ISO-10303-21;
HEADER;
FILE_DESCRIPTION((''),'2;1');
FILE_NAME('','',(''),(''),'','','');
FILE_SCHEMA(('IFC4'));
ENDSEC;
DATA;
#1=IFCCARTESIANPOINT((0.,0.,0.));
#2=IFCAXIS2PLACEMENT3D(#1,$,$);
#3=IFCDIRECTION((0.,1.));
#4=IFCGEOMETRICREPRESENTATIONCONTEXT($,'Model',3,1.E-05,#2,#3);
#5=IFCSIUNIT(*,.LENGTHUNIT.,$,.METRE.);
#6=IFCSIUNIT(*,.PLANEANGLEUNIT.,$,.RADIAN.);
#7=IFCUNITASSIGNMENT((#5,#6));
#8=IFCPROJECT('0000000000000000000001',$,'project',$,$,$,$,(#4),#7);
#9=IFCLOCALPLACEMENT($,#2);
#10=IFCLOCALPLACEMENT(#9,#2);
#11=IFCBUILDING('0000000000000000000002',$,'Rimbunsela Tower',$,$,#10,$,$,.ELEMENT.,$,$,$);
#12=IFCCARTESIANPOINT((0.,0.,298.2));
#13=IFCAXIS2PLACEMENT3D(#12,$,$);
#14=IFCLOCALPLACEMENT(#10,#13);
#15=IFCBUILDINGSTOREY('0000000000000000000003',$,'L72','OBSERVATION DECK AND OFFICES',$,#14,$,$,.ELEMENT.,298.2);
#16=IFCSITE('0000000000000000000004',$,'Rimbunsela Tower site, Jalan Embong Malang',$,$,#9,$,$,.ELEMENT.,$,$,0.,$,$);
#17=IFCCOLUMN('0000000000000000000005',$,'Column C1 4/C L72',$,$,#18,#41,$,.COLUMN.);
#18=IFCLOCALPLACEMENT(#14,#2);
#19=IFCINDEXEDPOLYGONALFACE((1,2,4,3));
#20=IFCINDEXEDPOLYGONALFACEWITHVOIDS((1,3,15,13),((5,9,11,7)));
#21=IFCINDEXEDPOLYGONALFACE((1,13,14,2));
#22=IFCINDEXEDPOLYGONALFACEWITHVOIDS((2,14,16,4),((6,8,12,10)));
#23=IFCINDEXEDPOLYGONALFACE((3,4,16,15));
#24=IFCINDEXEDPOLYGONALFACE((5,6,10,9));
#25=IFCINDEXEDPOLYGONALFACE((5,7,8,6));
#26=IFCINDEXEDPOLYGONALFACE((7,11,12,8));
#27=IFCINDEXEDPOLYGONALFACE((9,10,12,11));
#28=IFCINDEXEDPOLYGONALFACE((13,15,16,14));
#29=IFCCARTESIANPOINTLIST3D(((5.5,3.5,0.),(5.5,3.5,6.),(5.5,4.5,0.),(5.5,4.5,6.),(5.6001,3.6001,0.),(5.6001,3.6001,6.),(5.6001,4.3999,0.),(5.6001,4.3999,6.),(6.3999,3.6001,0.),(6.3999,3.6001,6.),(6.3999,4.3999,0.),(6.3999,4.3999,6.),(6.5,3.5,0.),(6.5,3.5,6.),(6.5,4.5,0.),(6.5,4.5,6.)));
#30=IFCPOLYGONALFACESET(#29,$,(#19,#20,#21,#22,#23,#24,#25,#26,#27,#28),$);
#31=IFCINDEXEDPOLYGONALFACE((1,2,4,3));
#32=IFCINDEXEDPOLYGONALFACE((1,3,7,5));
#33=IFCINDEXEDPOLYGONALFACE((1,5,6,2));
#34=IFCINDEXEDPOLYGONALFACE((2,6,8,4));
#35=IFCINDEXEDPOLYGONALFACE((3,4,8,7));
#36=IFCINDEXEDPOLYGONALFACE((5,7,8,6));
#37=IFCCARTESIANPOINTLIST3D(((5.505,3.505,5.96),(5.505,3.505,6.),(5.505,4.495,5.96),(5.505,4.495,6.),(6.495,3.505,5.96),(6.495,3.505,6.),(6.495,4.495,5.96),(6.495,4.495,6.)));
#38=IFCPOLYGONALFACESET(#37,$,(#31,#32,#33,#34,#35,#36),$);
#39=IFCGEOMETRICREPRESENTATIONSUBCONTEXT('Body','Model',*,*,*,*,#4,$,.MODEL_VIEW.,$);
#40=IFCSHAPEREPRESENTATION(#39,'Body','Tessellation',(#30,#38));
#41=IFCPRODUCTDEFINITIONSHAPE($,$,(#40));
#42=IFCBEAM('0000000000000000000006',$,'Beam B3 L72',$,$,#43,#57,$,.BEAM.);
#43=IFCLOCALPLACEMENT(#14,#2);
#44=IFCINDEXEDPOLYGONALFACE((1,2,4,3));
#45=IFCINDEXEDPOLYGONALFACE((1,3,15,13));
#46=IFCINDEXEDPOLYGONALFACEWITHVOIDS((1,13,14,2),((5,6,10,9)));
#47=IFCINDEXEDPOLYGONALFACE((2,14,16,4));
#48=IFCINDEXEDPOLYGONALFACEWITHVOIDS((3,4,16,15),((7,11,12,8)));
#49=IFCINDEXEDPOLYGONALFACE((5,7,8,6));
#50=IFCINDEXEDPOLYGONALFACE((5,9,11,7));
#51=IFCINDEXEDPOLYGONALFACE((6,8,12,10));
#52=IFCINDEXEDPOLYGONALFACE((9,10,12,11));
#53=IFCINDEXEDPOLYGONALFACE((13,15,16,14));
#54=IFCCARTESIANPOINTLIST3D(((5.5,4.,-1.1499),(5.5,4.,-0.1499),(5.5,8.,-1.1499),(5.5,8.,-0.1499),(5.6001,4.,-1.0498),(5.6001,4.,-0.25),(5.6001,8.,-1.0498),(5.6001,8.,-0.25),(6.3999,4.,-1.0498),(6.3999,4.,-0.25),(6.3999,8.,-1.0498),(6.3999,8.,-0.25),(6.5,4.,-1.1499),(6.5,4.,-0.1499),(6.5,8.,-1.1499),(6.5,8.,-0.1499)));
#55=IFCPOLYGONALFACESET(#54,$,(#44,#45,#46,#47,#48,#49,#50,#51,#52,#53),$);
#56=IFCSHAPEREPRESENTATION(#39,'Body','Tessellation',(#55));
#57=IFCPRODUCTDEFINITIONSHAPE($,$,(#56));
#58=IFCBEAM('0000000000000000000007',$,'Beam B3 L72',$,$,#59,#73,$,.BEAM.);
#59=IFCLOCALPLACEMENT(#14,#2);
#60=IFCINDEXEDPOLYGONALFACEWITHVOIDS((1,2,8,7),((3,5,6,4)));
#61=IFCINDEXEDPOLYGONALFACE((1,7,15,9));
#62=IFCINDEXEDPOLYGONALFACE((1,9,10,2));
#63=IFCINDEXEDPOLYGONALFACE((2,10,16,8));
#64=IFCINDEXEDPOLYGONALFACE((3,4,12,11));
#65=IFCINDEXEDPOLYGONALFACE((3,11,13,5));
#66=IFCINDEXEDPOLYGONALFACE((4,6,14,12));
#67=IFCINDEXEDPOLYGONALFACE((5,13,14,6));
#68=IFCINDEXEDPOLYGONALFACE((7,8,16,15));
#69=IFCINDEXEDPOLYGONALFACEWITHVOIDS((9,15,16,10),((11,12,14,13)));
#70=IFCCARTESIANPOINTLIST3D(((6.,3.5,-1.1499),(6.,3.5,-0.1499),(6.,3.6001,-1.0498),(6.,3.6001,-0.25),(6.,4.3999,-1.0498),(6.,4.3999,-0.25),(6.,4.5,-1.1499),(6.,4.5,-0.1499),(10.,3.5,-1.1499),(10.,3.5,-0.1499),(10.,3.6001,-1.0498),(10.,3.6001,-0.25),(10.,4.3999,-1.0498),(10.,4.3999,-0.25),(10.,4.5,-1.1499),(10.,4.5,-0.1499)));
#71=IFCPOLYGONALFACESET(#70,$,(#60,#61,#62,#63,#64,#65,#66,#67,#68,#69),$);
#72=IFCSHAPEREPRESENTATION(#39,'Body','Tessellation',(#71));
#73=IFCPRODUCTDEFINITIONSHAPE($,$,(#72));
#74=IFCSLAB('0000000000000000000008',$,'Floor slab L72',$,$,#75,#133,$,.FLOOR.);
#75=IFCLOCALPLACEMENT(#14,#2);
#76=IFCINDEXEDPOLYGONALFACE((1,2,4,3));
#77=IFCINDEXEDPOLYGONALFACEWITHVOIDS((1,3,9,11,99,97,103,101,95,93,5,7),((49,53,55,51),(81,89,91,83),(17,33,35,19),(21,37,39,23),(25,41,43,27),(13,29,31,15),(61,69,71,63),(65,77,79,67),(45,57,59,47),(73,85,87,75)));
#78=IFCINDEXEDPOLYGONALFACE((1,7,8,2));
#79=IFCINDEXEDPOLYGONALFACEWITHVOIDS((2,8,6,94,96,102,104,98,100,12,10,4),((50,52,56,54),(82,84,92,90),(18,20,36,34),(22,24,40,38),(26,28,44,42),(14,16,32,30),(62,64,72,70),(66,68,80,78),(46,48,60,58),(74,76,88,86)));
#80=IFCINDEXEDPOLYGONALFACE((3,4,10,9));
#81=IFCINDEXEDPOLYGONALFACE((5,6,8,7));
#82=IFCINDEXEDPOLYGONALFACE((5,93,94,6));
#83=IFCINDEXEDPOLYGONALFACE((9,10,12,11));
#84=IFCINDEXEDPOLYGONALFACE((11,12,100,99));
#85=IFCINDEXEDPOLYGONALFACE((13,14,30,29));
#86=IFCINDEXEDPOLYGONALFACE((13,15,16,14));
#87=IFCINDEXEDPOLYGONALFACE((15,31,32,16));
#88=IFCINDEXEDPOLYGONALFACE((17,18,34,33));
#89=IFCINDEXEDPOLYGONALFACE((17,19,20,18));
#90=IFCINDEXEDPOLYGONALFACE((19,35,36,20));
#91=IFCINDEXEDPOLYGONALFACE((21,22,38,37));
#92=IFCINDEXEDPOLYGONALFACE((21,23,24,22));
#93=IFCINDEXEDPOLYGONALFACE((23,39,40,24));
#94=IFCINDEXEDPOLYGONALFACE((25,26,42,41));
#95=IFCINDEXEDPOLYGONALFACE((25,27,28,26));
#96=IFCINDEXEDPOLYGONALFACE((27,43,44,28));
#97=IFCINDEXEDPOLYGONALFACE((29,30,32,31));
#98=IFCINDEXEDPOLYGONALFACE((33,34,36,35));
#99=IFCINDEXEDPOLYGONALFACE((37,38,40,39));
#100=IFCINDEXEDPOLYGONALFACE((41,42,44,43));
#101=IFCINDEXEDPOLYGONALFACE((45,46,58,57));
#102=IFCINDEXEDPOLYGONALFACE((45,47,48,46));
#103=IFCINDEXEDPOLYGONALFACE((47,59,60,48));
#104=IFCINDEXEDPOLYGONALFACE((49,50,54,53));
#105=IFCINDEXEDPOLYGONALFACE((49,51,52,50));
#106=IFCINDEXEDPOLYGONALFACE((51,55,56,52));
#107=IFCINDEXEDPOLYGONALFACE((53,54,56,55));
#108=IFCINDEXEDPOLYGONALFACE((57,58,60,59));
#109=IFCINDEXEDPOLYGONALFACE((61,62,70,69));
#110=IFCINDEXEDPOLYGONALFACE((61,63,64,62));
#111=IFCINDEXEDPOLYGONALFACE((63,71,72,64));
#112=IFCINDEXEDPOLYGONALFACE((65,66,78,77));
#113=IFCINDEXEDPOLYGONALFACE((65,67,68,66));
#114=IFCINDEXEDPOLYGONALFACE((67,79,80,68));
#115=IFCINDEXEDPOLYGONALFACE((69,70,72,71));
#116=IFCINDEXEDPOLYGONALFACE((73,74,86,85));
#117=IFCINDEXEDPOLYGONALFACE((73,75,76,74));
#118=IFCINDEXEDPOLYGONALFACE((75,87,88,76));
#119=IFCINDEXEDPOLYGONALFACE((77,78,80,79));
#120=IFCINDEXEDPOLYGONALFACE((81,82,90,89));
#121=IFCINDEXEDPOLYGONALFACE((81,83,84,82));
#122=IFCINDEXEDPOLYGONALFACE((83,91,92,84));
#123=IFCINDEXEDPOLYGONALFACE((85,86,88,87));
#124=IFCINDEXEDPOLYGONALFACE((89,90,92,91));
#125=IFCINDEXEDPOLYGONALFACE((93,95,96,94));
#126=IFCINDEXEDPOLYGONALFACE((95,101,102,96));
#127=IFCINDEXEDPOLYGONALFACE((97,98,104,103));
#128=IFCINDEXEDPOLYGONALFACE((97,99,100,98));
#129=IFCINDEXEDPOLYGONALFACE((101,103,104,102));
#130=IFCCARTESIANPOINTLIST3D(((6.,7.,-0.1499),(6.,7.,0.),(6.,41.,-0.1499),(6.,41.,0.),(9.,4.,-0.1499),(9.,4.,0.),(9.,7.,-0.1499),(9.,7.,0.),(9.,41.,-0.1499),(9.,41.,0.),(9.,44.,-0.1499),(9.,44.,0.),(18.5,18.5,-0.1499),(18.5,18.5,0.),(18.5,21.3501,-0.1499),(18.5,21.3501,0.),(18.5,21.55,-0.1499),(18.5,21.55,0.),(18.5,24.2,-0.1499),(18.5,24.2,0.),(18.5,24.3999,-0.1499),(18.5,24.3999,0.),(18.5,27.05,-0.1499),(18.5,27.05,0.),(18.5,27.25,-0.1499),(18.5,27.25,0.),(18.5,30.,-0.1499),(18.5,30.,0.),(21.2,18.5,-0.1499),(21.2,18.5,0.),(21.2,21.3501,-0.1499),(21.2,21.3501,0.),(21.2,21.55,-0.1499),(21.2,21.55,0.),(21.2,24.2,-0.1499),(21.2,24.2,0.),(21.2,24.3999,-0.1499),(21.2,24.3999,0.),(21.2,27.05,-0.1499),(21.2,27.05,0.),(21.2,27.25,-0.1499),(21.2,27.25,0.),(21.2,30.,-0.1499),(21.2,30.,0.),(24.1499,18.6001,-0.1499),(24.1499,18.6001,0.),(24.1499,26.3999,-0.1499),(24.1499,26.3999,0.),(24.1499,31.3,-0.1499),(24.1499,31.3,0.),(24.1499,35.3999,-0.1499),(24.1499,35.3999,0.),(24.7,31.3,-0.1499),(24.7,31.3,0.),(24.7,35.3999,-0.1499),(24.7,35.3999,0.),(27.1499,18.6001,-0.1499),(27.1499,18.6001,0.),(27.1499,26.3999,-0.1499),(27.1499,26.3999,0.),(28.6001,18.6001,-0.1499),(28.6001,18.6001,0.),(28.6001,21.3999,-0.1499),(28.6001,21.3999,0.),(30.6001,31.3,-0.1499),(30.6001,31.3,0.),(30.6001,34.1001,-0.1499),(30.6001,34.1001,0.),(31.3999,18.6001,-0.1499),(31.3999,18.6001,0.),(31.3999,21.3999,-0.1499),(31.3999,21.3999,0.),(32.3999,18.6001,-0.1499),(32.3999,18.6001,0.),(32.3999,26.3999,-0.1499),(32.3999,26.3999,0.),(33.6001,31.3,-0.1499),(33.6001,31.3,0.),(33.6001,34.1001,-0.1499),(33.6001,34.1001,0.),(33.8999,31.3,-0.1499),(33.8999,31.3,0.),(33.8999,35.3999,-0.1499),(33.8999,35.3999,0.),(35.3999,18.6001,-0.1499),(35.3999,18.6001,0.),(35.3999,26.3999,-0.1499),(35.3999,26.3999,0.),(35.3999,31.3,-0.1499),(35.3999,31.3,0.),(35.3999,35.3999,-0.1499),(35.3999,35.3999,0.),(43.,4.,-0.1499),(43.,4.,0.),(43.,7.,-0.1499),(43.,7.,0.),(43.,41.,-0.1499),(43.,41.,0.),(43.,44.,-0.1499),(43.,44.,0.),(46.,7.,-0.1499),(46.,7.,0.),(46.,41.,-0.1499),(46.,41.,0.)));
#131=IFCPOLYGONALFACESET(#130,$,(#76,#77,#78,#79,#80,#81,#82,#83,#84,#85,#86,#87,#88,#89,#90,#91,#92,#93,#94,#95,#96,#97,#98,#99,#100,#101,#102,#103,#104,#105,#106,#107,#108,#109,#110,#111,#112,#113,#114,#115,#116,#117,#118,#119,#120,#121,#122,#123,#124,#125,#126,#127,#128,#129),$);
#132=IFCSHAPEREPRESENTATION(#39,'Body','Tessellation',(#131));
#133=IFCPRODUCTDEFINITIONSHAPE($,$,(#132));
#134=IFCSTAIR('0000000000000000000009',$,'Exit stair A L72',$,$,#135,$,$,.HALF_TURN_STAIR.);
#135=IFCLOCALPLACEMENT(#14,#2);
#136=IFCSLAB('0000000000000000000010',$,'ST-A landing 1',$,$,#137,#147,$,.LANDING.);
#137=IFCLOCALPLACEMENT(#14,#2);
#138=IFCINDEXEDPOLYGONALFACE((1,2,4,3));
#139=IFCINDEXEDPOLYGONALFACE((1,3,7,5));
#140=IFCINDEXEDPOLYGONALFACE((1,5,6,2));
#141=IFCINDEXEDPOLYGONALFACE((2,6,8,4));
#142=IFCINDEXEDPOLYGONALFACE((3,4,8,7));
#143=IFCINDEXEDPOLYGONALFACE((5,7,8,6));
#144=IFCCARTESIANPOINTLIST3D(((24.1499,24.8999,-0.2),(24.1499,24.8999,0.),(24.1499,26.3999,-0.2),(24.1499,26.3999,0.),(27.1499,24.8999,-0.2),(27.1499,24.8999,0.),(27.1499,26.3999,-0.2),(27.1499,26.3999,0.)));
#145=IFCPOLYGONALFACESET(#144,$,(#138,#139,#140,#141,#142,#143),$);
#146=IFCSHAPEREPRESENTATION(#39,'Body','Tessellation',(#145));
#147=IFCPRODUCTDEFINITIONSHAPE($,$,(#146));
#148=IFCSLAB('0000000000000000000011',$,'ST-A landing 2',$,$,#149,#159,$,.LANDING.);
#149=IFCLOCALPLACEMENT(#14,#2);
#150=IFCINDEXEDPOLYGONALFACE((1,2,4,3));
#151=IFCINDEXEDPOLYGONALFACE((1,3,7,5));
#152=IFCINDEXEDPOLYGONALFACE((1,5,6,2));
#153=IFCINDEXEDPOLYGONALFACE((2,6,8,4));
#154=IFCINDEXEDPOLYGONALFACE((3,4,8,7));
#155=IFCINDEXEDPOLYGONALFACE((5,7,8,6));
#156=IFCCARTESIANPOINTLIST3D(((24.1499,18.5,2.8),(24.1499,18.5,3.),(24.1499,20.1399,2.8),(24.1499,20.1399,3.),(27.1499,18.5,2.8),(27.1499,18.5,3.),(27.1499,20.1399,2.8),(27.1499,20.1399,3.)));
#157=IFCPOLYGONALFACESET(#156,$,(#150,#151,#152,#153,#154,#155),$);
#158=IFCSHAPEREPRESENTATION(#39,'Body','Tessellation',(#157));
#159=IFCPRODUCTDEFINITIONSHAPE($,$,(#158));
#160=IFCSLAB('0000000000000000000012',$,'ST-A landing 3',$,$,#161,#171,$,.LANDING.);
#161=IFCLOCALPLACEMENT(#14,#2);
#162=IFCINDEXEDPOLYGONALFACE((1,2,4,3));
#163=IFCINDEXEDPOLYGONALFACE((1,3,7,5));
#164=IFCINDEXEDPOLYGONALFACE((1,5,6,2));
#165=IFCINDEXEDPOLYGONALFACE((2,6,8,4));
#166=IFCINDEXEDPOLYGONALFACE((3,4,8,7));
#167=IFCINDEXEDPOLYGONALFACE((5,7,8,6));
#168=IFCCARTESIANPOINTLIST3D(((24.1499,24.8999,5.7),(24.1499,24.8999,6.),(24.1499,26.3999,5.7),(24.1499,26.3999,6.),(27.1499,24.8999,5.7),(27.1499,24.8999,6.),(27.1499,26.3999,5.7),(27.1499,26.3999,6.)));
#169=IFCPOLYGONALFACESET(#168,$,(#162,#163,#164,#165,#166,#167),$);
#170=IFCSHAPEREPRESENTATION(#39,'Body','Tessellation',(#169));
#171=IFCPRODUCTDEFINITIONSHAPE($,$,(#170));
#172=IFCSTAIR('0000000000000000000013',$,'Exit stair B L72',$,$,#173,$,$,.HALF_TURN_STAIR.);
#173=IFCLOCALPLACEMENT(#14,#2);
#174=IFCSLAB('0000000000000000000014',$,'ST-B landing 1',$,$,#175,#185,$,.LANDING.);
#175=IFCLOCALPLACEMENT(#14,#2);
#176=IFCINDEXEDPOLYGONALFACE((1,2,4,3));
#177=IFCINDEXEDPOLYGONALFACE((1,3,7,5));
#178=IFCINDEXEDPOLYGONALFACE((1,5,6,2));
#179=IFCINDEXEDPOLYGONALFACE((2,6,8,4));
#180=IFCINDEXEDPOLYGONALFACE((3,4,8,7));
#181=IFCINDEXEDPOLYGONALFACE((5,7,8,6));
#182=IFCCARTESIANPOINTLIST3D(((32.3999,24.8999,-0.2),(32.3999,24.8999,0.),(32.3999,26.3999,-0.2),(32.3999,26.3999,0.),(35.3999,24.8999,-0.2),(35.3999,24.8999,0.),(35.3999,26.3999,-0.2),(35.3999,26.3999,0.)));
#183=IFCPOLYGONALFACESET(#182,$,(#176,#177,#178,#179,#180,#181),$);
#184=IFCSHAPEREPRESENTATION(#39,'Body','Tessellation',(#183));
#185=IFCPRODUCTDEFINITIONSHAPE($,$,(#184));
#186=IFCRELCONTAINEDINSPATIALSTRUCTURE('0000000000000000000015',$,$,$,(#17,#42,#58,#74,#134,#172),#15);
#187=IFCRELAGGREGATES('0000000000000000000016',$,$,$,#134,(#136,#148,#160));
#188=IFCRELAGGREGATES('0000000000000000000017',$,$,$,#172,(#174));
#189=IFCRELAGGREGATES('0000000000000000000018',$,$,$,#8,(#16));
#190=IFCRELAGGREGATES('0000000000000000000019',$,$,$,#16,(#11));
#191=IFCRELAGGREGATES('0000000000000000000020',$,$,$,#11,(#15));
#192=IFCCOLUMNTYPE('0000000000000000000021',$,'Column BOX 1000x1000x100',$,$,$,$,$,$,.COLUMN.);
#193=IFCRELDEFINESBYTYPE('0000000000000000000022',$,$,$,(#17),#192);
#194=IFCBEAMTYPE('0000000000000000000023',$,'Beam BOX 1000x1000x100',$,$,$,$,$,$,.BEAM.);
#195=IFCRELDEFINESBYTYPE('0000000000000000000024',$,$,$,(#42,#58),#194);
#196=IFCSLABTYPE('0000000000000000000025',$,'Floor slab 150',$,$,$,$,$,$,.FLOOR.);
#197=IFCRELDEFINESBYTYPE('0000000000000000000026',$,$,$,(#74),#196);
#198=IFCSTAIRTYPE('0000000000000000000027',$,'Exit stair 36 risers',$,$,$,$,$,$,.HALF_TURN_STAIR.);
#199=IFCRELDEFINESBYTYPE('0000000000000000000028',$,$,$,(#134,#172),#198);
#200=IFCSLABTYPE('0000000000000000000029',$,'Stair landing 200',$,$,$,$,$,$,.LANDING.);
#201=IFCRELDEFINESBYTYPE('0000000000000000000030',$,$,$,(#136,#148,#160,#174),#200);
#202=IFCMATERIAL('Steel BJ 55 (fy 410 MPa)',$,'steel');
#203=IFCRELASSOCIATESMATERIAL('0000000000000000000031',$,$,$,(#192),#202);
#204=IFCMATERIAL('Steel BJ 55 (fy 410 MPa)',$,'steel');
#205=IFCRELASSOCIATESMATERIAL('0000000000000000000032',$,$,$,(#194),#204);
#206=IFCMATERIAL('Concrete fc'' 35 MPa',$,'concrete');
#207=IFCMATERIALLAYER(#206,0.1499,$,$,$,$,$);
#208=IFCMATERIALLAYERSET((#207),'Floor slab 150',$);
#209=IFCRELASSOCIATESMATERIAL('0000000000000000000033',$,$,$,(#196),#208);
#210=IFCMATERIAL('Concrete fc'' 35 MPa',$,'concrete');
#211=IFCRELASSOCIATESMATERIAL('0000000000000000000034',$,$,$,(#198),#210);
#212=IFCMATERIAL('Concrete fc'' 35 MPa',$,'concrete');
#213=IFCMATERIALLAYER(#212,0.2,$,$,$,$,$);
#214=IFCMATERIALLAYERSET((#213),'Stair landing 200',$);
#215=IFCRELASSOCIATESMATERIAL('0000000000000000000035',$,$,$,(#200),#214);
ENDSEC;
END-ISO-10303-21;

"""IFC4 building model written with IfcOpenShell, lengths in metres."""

from ifc_helpers import new_model, si_unit, direction, frame, origin, origin_2d, place, context, subcontext, project, spatial, polyline, rectangle, hollow_rectangle, outline, extrude, material, layer, layer_set, material_profile, profile_set, type_object, element, aggregate, save


model = new_model("IFC4")

# Units and contexts
model_context = context("Model", 3, precision=1e-05, world=origin(), true_north=direction((0.0, 1.0)))
body_context = subcontext(model_context, "Body", "Model", "MODEL_VIEW")
ifc_project = project(units=[si_unit("LENGTHUNIT", "METRE"), si_unit("PLANEANGLEUNIT", "RADIAN")], contexts=[model_context])

# Site, building, storey
site_placement = place(None, origin())
site = spatial("IfcSite", under=ifc_project, at=site_placement, Name="Rimbunsela Tower site, Jalan Embong Malang", CompositionType="ELEMENT", RefElevation=0.0)
building_placement = place(site_placement, origin())
building = spatial("IfcBuilding", under=site, at=building_placement, Name="Rimbunsela Tower", CompositionType="ELEMENT")
storey_placement = place(building_placement, frame((0.0, 0.0, 298.2)))
storey = spatial("IfcBuildingStorey", under=building, at=storey_placement, Name="L72", Description="OBSERVATION DECK AND OFFICES", CompositionType="ELEMENT", Elevation=298.2)

# Column
ifc_material_1 = material(Name="Steel BJ 55 (fy 410 MPa)", Category="steel")
ifc_material_profile_1 = material_profile(ifc_material_1, hollow_rectangle(XDim=1.0, YDim=1.0, WallThickness=0.1001, at=origin_2d()), Name="BOX 1000x1000x100")
ifc_profile_set_1 = profile_set([ifc_material_profile_1], Name="Steel BJ 55 (fy 410 MPa)")
column_type = type_object("IfcColumnType", Name="Column BOX 1000x1000x100", PredefinedType="COLUMN", material=ifc_profile_set_1)
column_placement = place(storey_placement, frame((6.0, 4.0, 0.0), z_axis=(0.0, 0.0, 1.0), x_axis=(1.0, 0.0, 0.0)))
element("IfcColumn", 1, at=column_placement, inside=storey, type_object=column_type, Name="Column C1 4/C L72", PredefinedType="COLUMN", context=body_context, shape_type="SweptSolid", body=[
    extrude(hollow_rectangle(XDim=1.0, YDim=1.0, WallThickness=0.1001, at=origin_2d()), origin(), (0.0, 0.0, 1.0), 6.0),
    extrude(rectangle(XDim=0.99, YDim=0.99, at=origin_2d()), frame((0.0, 0.0, 5.96)), (0.0, 0.0, 1.0), 0.04),
])

# Beams
ifc_material_2 = material(Name="Steel BJ 55 (fy 410 MPa)", Category="steel")
ifc_material_profile_2 = material_profile(ifc_material_2, hollow_rectangle(XDim=1.0, YDim=1.0, WallThickness=0.1001, at=origin_2d()), Name="BOX 1000x1000x100")
ifc_profile_set_2 = profile_set([ifc_material_profile_2], Name="Steel BJ 55 (fy 410 MPa)")
beam_type = type_object("IfcBeamType", Name="Beam BOX 1000x1000x100", PredefinedType="BEAM", material=ifc_profile_set_2)
for number, where, z_axis, x_axis, name in (
    (2, (6.0, 4.0, -0.6499), (0.0, 1.0, 0.0), (-1.0, 0.0, 0.0), "Beam B3 L72"),
    (3, (6.0, 4.0, -0.6499), (1.0, 0.0, 0.0), (0.0, 1.0, 0.0), "Beam B3 L72"),
):
    element("IfcBeam", number, at=place(storey_placement, frame(where, z_axis=z_axis, x_axis=x_axis)), inside=storey, type_object=beam_type, Name=name, PredefinedType="BEAM", context=body_context, shape_type="SweptSolid", body=[
        extrude(hollow_rectangle(XDim=1.0, YDim=1.0, WallThickness=0.1001, at=origin_2d()), origin(), (0.0, 0.0, 1.0), 4.0),
    ])

# Slab
ifc_material_3 = material(Name="Concrete fc' 35 MPa", Category="concrete")
ifc_layer_1 = layer(ifc_material_3, 0.1499)
ifc_layer_set_1 = layer_set([ifc_layer_1], Name="Floor slab 150")
slab_type_1 = type_object("IfcSlabType", Name="Floor slab 150", PredefinedType="FLOOR", material=ifc_layer_set_1)
slab_1_placement = place(storey_placement, frame((0.0, 0.0, -0.1499)))
element("IfcSlab", 4, at=slab_1_placement, inside=storey, type_object=slab_type_1, Name="Floor slab L72", PredefinedType="FLOOR", context=body_context, shape_type="SweptSolid", body=[
    extrude(outline(polyline([(9.0, 4.0), (43.0, 4.0), (43.0, 7.0), (46.0, 7.0), (46.0, 41.0), (43.0, 41.0), (43.0, 44.0), (9.0, 44.0), (9.0, 41.0), (6.0, 41.0), (6.0, 7.0), (9.0, 7.0), (9.0, 4.0)]), holes=[polyline([(21.2, 21.3501), (18.5, 21.3501), (18.5, 18.5), (21.2, 18.5), (21.2, 21.3501)]), polyline([(21.2, 21.55), (21.2, 24.2), (18.5, 24.2), (18.5, 21.55), (21.2, 21.55)]), polyline([(21.2, 27.05), (18.5, 27.05), (18.5, 24.3999), (21.2, 24.3999), (21.2, 27.05)]), polyline([(21.2, 30.0), (18.5, 30.0), (18.5, 27.25), (21.2, 27.25), (21.2, 30.0)]), polyline([(27.1499, 26.3999), (24.1499, 26.3999), (24.1499, 18.6001), (27.1499, 18.6001), (27.1499, 26.3999)]), polyline([(24.7, 31.3), (24.7, 35.3999), (24.1499, 35.3999), (24.1499, 31.3), (24.7, 31.3)]), polyline([(31.3999, 21.3999), (28.6001, 21.3999), (28.6001, 18.6001), (31.3999, 18.6001), (31.3999, 21.3999)]), polyline([(33.6001, 34.1001), (30.6001, 34.1001), (30.6001, 31.3), (33.6001, 31.3), (33.6001, 34.1001)]), polyline([(35.3999, 18.6001), (35.3999, 26.3999), (32.3999, 26.3999), (32.3999, 18.6001), (35.3999, 18.6001)]), polyline([(35.3999, 31.3), (35.3999, 35.3999), (33.8999, 35.3999), (33.8999, 31.3), (35.3999, 31.3)])]), origin(), (0.0, 0.0, 1.0), 0.1499),
])

# Stairs, slabs
ifc_material_4 = material(Name="Concrete fc' 35 MPa", Category="concrete")
stair_type = type_object("IfcStairType", Name="Exit stair 36 risers", PredefinedType="HALF_TURN_STAIR", material=ifc_material_4)
stair_1_placement = place(storey_placement, origin())
stair_1 = element("IfcStair", 5, at=stair_1_placement, inside=storey, type_object=stair_type, Name="Exit stair A L72", PredefinedType="HALF_TURN_STAIR")
ifc_material_5 = material(Name="Concrete fc' 35 MPa", Category="concrete")
ifc_layer_2 = layer(ifc_material_5, 0.2)
ifc_layer_set_2 = layer_set([ifc_layer_2], Name="Stair landing 200")
slab_type_2 = type_object("IfcSlabType", Name="Stair landing 200", PredefinedType="LANDING", material=ifc_layer_set_2)
slab_2_placement = place(storey_placement, frame((0.0, 0.0, -0.2)))
slab_2 = element("IfcSlab", 6, at=slab_2_placement, type_object=slab_type_2, Name="ST-A landing 1", PredefinedType="LANDING", context=body_context, shape_type="SweptSolid", body=[
    extrude(outline(polyline([(24.1499, 24.8999), (27.1499, 24.8999), (27.1499, 26.3999), (24.1499, 26.3999), (24.1499, 24.8999)])), origin(), (0.0, 0.0, 1.0), 0.2),
])
slab_3_placement = place(storey_placement, frame((0.0, 0.0, 2.8)))
slab_3 = element("IfcSlab", 7, at=slab_3_placement, type_object=slab_type_2, Name="ST-A landing 2", PredefinedType="LANDING", context=body_context, shape_type="SweptSolid", body=[
    extrude(outline(polyline([(24.1499, 18.5), (27.1499, 18.5), (27.1499, 20.1399), (24.1499, 20.1399), (24.1499, 18.5)])), origin(), (0.0, 0.0, 1.0), 0.2),
])
slab_4_placement = place(storey_placement, frame((0.0, 0.0, 5.7)))
slab_4 = element("IfcSlab", 8, at=slab_4_placement, type_object=slab_type_2, Name="ST-A landing 3", PredefinedType="LANDING", context=body_context, shape_type="SweptSolid", body=[
    extrude(outline(polyline([(24.1499, 24.8999), (27.1499, 24.8999), (27.1499, 26.3999), (24.1499, 26.3999), (24.1499, 24.8999)])), origin(), (0.0, 0.0, 1.0), 0.3),
])
aggregate(stair_1, [slab_2, slab_3, slab_4])
stair_2_placement = place(storey_placement, origin())
stair_2 = element("IfcStair", 9, at=stair_2_placement, inside=storey, type_object=stair_type, Name="Exit stair B L72", PredefinedType="HALF_TURN_STAIR")
slab_5_placement = place(storey_placement, frame((0.0, 0.0, -0.2)))
slab_5 = element("IfcSlab", 10, at=slab_5_placement, type_object=slab_type_2, Name="ST-B landing 1", PredefinedType="LANDING", context=body_context, shape_type="SweptSolid", body=[
    extrude(outline(polyline([(32.3999, 24.8999), (35.3999, 24.8999), (35.3999, 26.3999), (32.3999, 26.3999), (32.3999, 24.8999)])), origin(), (0.0, 0.0, 1.0), 0.2),
])
aggregate(stair_2, [slab_5])

save(model, "model.ifc")
